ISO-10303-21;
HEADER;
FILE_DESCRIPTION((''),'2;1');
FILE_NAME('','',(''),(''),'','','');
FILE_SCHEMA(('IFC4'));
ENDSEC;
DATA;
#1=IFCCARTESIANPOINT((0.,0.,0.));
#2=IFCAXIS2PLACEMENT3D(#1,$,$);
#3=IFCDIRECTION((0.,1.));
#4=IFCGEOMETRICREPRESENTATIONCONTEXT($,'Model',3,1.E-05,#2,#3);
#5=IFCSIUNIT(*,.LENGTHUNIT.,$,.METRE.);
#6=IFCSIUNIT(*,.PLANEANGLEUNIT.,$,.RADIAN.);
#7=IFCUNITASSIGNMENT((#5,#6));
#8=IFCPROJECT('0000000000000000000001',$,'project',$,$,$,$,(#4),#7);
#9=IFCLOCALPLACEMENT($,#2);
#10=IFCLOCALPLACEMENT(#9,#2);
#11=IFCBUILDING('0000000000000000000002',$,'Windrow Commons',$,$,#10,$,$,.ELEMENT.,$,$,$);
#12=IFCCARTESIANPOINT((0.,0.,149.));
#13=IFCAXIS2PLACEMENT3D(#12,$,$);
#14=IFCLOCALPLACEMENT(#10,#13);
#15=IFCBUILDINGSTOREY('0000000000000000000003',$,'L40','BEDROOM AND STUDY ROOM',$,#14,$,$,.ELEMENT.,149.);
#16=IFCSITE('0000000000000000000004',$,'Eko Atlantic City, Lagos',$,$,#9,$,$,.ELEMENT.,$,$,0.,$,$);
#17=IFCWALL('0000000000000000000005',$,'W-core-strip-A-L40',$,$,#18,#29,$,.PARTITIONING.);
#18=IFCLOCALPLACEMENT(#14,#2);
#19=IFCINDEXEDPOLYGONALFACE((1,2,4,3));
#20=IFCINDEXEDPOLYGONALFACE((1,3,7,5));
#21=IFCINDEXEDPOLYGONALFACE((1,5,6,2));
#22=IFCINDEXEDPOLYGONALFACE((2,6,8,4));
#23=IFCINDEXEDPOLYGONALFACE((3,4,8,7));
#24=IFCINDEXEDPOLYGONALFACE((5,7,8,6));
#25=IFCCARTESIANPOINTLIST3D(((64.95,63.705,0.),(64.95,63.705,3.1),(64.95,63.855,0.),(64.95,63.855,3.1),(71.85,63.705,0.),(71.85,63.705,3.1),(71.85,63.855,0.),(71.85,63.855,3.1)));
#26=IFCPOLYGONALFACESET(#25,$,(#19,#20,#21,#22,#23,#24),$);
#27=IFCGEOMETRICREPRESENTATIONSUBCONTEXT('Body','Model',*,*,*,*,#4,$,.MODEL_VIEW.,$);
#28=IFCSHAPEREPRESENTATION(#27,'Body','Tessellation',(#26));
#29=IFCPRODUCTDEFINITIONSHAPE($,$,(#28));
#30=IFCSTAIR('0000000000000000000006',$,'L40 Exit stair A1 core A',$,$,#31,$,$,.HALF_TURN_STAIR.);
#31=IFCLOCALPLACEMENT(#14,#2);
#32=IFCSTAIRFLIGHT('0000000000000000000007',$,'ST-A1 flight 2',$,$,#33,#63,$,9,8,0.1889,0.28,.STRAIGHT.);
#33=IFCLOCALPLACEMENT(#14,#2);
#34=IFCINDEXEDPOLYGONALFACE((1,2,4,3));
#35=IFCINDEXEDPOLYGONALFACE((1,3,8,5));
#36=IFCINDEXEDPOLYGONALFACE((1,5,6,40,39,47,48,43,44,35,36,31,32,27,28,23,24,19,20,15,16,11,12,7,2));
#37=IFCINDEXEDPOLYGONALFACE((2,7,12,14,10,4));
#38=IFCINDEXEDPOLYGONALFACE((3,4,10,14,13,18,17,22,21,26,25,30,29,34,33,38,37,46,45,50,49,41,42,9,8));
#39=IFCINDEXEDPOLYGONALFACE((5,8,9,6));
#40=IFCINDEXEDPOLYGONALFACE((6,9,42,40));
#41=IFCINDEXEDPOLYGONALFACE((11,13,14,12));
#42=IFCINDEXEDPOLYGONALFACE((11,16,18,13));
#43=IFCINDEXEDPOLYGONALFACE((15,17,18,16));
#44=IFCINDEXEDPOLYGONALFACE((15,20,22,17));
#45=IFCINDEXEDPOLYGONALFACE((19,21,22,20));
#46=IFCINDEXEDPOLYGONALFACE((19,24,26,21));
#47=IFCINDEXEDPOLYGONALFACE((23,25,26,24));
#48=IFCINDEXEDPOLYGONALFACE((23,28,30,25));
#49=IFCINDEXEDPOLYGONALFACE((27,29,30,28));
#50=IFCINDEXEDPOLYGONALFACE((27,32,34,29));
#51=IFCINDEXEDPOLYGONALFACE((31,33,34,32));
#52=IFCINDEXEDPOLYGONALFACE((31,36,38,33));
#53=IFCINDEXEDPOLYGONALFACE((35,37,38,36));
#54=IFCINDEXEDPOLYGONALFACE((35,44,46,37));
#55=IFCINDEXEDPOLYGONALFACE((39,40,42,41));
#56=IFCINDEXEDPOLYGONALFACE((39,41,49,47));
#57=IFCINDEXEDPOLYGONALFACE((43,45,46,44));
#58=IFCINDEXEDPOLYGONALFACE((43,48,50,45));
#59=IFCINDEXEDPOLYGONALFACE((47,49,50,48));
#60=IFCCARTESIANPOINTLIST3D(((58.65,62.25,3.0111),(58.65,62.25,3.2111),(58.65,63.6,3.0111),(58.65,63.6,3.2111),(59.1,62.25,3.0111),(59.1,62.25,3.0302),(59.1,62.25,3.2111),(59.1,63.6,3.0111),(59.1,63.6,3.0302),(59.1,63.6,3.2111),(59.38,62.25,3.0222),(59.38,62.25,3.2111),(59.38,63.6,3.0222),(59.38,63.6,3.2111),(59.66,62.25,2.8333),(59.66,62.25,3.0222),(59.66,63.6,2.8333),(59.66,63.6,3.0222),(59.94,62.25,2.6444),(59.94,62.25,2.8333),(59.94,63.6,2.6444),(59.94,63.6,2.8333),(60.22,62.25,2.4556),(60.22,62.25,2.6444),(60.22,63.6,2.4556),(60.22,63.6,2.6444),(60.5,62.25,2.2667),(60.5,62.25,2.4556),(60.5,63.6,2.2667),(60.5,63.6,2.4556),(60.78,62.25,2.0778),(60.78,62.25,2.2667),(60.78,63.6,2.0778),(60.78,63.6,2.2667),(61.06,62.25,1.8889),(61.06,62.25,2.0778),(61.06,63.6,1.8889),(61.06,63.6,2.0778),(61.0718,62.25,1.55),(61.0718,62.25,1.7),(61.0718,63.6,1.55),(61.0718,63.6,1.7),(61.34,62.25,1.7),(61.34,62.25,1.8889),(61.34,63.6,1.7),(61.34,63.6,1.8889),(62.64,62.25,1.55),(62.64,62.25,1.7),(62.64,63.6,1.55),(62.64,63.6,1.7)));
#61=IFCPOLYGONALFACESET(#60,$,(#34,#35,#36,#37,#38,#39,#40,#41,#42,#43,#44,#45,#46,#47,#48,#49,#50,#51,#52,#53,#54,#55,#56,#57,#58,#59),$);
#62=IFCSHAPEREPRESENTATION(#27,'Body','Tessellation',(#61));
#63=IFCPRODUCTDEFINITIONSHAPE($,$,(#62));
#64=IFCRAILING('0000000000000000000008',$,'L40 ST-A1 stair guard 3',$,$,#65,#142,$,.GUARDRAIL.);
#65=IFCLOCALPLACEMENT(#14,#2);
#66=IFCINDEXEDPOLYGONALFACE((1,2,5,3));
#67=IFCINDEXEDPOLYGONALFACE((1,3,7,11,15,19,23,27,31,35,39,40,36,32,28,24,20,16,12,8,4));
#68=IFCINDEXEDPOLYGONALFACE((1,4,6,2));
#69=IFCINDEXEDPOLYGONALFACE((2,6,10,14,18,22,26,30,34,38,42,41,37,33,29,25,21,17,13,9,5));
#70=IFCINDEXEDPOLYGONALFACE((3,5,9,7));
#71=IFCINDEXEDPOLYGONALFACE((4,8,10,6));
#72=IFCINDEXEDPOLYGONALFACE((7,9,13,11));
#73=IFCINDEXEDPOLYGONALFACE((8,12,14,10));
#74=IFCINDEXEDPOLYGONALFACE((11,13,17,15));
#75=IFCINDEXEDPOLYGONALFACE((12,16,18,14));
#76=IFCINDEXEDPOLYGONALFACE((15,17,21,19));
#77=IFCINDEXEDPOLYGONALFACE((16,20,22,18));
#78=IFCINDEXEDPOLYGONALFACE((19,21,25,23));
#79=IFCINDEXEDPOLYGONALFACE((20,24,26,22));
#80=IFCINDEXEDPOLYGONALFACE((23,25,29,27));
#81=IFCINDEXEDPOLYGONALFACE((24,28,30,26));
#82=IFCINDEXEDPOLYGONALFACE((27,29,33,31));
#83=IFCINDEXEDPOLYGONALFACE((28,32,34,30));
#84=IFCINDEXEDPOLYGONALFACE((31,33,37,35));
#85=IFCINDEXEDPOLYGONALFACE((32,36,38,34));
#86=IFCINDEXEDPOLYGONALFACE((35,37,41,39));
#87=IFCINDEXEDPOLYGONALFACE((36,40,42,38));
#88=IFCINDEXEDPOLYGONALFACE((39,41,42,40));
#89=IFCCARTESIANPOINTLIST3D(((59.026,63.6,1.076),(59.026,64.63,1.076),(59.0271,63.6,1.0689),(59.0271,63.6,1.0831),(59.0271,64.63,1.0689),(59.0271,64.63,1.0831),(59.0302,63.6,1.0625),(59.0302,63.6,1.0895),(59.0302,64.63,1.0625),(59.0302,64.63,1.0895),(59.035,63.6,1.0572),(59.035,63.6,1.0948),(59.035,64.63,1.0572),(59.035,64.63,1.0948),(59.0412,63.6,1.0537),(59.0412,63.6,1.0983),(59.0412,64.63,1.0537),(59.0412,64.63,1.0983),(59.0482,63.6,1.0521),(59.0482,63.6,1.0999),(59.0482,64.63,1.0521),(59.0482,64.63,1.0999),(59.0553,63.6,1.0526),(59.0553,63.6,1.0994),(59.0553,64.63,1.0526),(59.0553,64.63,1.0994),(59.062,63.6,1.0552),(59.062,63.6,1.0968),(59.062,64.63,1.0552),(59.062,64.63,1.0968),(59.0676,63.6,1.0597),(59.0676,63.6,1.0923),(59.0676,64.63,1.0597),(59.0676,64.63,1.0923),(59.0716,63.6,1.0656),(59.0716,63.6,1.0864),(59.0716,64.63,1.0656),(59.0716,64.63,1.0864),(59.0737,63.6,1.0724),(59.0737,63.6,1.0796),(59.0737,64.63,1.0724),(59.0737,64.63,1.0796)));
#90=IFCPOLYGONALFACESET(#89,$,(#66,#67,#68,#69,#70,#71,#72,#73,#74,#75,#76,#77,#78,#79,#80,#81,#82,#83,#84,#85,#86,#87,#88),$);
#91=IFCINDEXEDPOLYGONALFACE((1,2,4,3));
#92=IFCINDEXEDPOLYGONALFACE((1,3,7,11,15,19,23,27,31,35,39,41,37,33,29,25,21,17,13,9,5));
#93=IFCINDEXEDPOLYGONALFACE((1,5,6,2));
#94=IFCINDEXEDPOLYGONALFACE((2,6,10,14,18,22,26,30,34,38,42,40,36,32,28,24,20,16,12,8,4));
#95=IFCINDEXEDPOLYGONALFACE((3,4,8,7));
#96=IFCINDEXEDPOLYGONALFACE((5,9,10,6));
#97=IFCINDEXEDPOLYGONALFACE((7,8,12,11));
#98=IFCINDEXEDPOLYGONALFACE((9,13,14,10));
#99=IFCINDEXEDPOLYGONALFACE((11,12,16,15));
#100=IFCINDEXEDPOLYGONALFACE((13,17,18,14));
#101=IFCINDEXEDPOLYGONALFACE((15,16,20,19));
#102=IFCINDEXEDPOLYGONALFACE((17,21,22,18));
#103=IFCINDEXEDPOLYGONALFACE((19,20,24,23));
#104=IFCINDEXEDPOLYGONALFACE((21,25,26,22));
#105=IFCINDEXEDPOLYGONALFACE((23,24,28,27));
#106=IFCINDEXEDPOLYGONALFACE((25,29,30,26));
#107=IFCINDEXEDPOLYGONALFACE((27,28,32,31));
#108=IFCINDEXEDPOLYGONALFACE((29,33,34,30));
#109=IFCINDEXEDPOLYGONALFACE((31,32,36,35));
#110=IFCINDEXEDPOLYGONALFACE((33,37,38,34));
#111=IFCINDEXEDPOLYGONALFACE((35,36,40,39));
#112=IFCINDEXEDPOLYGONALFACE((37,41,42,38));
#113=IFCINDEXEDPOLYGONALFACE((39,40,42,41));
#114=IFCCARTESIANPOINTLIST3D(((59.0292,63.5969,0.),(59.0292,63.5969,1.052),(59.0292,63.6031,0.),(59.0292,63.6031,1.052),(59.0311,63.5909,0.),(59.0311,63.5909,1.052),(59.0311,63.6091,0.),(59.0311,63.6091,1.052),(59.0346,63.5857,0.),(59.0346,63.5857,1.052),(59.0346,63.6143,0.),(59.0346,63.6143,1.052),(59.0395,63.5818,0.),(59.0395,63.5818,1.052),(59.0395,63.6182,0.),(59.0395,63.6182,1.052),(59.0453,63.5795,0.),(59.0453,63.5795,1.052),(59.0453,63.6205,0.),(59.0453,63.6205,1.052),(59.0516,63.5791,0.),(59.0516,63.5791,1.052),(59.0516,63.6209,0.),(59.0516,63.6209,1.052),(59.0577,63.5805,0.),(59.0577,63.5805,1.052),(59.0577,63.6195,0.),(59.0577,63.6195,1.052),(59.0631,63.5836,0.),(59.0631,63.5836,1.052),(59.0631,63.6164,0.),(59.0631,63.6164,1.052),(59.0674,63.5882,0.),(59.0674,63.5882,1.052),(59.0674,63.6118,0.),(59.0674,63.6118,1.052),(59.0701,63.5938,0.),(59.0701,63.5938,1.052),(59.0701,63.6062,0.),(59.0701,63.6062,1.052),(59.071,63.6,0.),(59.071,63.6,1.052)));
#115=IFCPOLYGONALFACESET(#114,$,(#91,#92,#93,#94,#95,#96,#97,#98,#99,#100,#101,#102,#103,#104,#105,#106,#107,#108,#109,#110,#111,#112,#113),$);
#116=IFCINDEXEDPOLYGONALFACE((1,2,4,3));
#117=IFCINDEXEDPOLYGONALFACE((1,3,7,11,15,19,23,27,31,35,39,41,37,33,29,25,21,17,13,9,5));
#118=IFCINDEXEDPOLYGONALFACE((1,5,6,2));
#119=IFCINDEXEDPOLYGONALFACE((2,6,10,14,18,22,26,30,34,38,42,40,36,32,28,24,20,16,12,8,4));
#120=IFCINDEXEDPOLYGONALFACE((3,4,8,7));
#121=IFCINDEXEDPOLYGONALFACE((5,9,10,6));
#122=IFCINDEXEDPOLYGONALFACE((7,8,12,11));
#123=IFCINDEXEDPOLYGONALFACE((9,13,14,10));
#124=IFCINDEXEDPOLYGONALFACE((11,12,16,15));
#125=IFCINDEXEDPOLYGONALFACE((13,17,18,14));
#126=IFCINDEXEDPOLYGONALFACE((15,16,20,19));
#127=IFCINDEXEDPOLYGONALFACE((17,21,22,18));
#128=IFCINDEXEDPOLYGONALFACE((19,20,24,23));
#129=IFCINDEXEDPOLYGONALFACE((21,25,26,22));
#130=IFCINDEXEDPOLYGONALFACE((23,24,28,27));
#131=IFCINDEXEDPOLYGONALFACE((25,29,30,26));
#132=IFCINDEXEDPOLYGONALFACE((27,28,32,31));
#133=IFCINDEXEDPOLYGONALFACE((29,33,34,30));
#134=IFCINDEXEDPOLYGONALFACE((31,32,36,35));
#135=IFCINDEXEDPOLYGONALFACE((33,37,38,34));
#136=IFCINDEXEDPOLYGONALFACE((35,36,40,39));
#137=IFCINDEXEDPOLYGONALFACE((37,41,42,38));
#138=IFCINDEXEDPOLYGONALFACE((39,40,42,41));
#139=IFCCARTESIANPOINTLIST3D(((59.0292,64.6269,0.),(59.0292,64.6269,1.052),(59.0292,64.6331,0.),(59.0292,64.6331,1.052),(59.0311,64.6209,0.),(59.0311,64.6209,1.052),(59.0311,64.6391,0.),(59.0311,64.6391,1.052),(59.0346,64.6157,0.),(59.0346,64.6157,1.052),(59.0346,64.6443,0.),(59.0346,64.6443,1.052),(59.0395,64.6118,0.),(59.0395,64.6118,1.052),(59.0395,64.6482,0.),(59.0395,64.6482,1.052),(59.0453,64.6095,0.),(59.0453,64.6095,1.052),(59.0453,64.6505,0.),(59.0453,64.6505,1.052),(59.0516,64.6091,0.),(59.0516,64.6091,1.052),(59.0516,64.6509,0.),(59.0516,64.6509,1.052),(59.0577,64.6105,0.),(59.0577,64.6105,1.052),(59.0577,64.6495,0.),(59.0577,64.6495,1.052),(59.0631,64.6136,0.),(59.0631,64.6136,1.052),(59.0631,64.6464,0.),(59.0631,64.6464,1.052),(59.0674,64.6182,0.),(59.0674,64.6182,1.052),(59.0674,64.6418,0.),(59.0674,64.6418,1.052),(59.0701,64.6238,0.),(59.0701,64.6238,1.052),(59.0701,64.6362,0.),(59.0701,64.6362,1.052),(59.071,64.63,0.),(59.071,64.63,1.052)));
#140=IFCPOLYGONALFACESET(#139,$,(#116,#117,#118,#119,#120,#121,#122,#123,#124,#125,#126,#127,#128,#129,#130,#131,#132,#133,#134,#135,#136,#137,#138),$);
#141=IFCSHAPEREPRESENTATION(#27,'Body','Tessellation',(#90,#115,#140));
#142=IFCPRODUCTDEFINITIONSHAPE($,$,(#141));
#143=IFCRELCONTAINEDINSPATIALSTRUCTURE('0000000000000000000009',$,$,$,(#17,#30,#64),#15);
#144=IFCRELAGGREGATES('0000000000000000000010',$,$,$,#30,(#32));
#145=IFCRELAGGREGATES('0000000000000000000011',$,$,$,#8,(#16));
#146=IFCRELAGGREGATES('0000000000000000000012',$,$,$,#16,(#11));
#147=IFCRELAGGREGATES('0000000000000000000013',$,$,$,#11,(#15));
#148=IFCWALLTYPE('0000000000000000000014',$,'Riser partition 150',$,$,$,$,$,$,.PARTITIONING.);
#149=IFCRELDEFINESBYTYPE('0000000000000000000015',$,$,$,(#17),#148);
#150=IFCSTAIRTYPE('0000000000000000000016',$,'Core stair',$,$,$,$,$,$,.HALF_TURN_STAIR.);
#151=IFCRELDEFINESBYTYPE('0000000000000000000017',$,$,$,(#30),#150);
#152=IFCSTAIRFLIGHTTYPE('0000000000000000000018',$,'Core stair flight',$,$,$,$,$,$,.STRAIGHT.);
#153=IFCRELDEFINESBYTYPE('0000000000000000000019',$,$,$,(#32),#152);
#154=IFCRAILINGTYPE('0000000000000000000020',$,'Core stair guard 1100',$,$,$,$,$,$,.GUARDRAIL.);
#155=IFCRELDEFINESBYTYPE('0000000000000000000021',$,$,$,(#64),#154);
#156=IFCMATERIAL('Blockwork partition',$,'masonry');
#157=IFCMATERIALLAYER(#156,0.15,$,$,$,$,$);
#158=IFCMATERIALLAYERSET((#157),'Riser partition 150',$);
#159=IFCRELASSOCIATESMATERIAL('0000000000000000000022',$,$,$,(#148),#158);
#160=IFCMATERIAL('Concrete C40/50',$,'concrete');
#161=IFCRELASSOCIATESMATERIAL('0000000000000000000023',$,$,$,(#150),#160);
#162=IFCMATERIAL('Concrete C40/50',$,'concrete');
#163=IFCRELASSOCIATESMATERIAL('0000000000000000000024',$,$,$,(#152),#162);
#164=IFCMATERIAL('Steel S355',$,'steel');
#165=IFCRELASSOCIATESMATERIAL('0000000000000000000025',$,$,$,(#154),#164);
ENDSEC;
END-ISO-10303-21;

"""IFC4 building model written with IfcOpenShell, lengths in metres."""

from ifc_helpers import new_model, si_unit, direction, frame, frame_2d, origin, origin_2d, place, context, subcontext, project, spatial, polyline, rectangle, circle, outline, extrude, material, layer, layer_set, type_object, element, aggregate, save


model = new_model("IFC4")

# Units and contexts
model_context = context("Model", 3, precision=1e-05, world=origin(), true_north=direction((0.0, 1.0)))
body_context = subcontext(model_context, "Body", "Model", "MODEL_VIEW")
ifc_project = project(units=[si_unit("LENGTHUNIT", "METRE"), si_unit("PLANEANGLEUNIT", "RADIAN")], contexts=[model_context])

# Site, building, storey
site_placement = place(None, origin())
site = spatial("IfcSite", under=ifc_project, at=site_placement, Name="Eko Atlantic City, Lagos", CompositionType="ELEMENT", RefElevation=0.0)
building_placement = place(site_placement, origin())
building = spatial("IfcBuilding", under=site, at=building_placement, Name="Windrow Commons", CompositionType="ELEMENT")
storey_placement = place(building_placement, frame((0.0, 0.0, 149.0)))
storey = spatial("IfcBuildingStorey", under=building, at=storey_placement, Name="L40", Description="BEDROOM AND STUDY ROOM", CompositionType="ELEMENT", Elevation=149.0)

# Wall
ifc_material_1 = material(Name="Blockwork partition", Category="masonry")
ifc_layer_1 = layer(ifc_material_1, 0.15)
ifc_layer_set_1 = layer_set([ifc_layer_1], Name="Riser partition 150")
wall_type_1 = type_object("IfcWallType", Name="Riser partition 150", PredefinedType="PARTITIONING", material=ifc_layer_set_1)
wall_1_placement = place(storey_placement, frame((64.95, 63.78, 0.0), z_axis=(0.0, 0.0, 1.0), x_axis=(1.0, 0.0, 0.0)))
element("IfcWall", 1, at=wall_1_placement, inside=storey, type_object=wall_type_1, Name="W-core-strip-A-L40", PredefinedType="PARTITIONING", context=body_context, shape_type="SweptSolid", body=[
    extrude(rectangle(XDim=6.9, YDim=0.15, at=frame_2d((3.45, 0.0))), origin(), (0.0, 0.0, 1.0), 3.1),
])

# Stair, stair flight
ifc_material_2 = material(Name="Concrete C40/50", Category="concrete")
stair_type = type_object("IfcStairType", Name="Core stair", PredefinedType="HALF_TURN_STAIR", material=ifc_material_2)
stair_placement = place(storey_placement, origin())
stair = element("IfcStair", 2, at=stair_placement, inside=storey, type_object=stair_type, Name="L40 Exit stair A1 core A", PredefinedType="HALF_TURN_STAIR")
ifc_material_3 = material(Name="Concrete C40/50", Category="concrete")
stair_flight_type = type_object("IfcStairFlightType", Name="Core stair flight", PredefinedType="STRAIGHT", material=ifc_material_3)
stair_flight_placement = place(storey_placement, frame((61.34, 62.925, 1.7), z_axis=(0.0, 0.0, 1.0), x_axis=(-1.0, 0.0, 0.0)))
stair_flight = element("IfcStairFlight", 3, at=stair_flight_placement, type_object=stair_flight_type, Name="ST-A1 flight 2", NumberOfRisers=9, NumberOfTreads=8, PredefinedType="STRAIGHT", RiserHeight=0.1889, TreadLength=0.28, context=body_context, shape_type="SweptSolid", body=[
    extrude(outline(polyline([(-1.3, -0.15), (-1.3, 0.0), (0.0, 0.0), (0.0, 0.1889), (0.28, 0.1889), (0.28, 0.3778), (0.56, 0.3778), (0.56, 0.5667), (0.84, 0.5667), (0.84, 0.7556), (1.12, 0.7556), (1.12, 0.9444), (1.4, 0.9444), (1.4, 1.1333), (1.68, 1.1333), (1.68, 1.3222), (1.96, 1.3222), (1.96, 1.5111), (2.24, 1.5111), (2.69, 1.5111), (2.69, 1.3111), (2.24, 1.3111), (2.24, 1.3302), (0.2682, 0.0), (0.2682, -0.15), (-1.3, -0.15)])), frame((0.0, 0.675, 0.0), z_axis=(0.0, -1.0, 0.0), x_axis=(1.0, 0.0, 0.0)), (0.0, 0.0, 1.0), 1.35),
])
aggregate(stair, [stair_flight])

# Railing
ifc_material_4 = material(Name="Steel S355", Category="steel")
railing_type_1 = type_object("IfcRailingType", Name="Core stair guard 1100", PredefinedType="GUARDRAIL", material=ifc_material_4)
for number, where, name in (
    (4, (59.05, 63.6, 0.0), "L40 ST-A1 stair guard 3"),
):
    element("IfcRailing", number, at=place(storey_placement, frame(where)), inside=storey, type_object=railing_type_1, Name=name, PredefinedType="GUARDRAIL", context=body_context, shape_type="SweptSolid", body=[
        extrude(circle(Radius=0.024, at=origin_2d()), frame((0.0, 0.0, 1.076), z_axis=(0.0, 1.0, 0.0), x_axis=(-1.0, 0.0, 0.0)), (0.0, 0.0, 1.0), 1.03),
        extrude(circle(Radius=0.021, at=origin_2d()), origin(), (0.0, 0.0, 1.0), 1.052),
        extrude(circle(Radius=0.021, at=origin_2d()), frame((0.0, 1.03, 0.0)), (0.0, 0.0, 1.0), 1.052),
    ])

save(model, "model.ifc")
